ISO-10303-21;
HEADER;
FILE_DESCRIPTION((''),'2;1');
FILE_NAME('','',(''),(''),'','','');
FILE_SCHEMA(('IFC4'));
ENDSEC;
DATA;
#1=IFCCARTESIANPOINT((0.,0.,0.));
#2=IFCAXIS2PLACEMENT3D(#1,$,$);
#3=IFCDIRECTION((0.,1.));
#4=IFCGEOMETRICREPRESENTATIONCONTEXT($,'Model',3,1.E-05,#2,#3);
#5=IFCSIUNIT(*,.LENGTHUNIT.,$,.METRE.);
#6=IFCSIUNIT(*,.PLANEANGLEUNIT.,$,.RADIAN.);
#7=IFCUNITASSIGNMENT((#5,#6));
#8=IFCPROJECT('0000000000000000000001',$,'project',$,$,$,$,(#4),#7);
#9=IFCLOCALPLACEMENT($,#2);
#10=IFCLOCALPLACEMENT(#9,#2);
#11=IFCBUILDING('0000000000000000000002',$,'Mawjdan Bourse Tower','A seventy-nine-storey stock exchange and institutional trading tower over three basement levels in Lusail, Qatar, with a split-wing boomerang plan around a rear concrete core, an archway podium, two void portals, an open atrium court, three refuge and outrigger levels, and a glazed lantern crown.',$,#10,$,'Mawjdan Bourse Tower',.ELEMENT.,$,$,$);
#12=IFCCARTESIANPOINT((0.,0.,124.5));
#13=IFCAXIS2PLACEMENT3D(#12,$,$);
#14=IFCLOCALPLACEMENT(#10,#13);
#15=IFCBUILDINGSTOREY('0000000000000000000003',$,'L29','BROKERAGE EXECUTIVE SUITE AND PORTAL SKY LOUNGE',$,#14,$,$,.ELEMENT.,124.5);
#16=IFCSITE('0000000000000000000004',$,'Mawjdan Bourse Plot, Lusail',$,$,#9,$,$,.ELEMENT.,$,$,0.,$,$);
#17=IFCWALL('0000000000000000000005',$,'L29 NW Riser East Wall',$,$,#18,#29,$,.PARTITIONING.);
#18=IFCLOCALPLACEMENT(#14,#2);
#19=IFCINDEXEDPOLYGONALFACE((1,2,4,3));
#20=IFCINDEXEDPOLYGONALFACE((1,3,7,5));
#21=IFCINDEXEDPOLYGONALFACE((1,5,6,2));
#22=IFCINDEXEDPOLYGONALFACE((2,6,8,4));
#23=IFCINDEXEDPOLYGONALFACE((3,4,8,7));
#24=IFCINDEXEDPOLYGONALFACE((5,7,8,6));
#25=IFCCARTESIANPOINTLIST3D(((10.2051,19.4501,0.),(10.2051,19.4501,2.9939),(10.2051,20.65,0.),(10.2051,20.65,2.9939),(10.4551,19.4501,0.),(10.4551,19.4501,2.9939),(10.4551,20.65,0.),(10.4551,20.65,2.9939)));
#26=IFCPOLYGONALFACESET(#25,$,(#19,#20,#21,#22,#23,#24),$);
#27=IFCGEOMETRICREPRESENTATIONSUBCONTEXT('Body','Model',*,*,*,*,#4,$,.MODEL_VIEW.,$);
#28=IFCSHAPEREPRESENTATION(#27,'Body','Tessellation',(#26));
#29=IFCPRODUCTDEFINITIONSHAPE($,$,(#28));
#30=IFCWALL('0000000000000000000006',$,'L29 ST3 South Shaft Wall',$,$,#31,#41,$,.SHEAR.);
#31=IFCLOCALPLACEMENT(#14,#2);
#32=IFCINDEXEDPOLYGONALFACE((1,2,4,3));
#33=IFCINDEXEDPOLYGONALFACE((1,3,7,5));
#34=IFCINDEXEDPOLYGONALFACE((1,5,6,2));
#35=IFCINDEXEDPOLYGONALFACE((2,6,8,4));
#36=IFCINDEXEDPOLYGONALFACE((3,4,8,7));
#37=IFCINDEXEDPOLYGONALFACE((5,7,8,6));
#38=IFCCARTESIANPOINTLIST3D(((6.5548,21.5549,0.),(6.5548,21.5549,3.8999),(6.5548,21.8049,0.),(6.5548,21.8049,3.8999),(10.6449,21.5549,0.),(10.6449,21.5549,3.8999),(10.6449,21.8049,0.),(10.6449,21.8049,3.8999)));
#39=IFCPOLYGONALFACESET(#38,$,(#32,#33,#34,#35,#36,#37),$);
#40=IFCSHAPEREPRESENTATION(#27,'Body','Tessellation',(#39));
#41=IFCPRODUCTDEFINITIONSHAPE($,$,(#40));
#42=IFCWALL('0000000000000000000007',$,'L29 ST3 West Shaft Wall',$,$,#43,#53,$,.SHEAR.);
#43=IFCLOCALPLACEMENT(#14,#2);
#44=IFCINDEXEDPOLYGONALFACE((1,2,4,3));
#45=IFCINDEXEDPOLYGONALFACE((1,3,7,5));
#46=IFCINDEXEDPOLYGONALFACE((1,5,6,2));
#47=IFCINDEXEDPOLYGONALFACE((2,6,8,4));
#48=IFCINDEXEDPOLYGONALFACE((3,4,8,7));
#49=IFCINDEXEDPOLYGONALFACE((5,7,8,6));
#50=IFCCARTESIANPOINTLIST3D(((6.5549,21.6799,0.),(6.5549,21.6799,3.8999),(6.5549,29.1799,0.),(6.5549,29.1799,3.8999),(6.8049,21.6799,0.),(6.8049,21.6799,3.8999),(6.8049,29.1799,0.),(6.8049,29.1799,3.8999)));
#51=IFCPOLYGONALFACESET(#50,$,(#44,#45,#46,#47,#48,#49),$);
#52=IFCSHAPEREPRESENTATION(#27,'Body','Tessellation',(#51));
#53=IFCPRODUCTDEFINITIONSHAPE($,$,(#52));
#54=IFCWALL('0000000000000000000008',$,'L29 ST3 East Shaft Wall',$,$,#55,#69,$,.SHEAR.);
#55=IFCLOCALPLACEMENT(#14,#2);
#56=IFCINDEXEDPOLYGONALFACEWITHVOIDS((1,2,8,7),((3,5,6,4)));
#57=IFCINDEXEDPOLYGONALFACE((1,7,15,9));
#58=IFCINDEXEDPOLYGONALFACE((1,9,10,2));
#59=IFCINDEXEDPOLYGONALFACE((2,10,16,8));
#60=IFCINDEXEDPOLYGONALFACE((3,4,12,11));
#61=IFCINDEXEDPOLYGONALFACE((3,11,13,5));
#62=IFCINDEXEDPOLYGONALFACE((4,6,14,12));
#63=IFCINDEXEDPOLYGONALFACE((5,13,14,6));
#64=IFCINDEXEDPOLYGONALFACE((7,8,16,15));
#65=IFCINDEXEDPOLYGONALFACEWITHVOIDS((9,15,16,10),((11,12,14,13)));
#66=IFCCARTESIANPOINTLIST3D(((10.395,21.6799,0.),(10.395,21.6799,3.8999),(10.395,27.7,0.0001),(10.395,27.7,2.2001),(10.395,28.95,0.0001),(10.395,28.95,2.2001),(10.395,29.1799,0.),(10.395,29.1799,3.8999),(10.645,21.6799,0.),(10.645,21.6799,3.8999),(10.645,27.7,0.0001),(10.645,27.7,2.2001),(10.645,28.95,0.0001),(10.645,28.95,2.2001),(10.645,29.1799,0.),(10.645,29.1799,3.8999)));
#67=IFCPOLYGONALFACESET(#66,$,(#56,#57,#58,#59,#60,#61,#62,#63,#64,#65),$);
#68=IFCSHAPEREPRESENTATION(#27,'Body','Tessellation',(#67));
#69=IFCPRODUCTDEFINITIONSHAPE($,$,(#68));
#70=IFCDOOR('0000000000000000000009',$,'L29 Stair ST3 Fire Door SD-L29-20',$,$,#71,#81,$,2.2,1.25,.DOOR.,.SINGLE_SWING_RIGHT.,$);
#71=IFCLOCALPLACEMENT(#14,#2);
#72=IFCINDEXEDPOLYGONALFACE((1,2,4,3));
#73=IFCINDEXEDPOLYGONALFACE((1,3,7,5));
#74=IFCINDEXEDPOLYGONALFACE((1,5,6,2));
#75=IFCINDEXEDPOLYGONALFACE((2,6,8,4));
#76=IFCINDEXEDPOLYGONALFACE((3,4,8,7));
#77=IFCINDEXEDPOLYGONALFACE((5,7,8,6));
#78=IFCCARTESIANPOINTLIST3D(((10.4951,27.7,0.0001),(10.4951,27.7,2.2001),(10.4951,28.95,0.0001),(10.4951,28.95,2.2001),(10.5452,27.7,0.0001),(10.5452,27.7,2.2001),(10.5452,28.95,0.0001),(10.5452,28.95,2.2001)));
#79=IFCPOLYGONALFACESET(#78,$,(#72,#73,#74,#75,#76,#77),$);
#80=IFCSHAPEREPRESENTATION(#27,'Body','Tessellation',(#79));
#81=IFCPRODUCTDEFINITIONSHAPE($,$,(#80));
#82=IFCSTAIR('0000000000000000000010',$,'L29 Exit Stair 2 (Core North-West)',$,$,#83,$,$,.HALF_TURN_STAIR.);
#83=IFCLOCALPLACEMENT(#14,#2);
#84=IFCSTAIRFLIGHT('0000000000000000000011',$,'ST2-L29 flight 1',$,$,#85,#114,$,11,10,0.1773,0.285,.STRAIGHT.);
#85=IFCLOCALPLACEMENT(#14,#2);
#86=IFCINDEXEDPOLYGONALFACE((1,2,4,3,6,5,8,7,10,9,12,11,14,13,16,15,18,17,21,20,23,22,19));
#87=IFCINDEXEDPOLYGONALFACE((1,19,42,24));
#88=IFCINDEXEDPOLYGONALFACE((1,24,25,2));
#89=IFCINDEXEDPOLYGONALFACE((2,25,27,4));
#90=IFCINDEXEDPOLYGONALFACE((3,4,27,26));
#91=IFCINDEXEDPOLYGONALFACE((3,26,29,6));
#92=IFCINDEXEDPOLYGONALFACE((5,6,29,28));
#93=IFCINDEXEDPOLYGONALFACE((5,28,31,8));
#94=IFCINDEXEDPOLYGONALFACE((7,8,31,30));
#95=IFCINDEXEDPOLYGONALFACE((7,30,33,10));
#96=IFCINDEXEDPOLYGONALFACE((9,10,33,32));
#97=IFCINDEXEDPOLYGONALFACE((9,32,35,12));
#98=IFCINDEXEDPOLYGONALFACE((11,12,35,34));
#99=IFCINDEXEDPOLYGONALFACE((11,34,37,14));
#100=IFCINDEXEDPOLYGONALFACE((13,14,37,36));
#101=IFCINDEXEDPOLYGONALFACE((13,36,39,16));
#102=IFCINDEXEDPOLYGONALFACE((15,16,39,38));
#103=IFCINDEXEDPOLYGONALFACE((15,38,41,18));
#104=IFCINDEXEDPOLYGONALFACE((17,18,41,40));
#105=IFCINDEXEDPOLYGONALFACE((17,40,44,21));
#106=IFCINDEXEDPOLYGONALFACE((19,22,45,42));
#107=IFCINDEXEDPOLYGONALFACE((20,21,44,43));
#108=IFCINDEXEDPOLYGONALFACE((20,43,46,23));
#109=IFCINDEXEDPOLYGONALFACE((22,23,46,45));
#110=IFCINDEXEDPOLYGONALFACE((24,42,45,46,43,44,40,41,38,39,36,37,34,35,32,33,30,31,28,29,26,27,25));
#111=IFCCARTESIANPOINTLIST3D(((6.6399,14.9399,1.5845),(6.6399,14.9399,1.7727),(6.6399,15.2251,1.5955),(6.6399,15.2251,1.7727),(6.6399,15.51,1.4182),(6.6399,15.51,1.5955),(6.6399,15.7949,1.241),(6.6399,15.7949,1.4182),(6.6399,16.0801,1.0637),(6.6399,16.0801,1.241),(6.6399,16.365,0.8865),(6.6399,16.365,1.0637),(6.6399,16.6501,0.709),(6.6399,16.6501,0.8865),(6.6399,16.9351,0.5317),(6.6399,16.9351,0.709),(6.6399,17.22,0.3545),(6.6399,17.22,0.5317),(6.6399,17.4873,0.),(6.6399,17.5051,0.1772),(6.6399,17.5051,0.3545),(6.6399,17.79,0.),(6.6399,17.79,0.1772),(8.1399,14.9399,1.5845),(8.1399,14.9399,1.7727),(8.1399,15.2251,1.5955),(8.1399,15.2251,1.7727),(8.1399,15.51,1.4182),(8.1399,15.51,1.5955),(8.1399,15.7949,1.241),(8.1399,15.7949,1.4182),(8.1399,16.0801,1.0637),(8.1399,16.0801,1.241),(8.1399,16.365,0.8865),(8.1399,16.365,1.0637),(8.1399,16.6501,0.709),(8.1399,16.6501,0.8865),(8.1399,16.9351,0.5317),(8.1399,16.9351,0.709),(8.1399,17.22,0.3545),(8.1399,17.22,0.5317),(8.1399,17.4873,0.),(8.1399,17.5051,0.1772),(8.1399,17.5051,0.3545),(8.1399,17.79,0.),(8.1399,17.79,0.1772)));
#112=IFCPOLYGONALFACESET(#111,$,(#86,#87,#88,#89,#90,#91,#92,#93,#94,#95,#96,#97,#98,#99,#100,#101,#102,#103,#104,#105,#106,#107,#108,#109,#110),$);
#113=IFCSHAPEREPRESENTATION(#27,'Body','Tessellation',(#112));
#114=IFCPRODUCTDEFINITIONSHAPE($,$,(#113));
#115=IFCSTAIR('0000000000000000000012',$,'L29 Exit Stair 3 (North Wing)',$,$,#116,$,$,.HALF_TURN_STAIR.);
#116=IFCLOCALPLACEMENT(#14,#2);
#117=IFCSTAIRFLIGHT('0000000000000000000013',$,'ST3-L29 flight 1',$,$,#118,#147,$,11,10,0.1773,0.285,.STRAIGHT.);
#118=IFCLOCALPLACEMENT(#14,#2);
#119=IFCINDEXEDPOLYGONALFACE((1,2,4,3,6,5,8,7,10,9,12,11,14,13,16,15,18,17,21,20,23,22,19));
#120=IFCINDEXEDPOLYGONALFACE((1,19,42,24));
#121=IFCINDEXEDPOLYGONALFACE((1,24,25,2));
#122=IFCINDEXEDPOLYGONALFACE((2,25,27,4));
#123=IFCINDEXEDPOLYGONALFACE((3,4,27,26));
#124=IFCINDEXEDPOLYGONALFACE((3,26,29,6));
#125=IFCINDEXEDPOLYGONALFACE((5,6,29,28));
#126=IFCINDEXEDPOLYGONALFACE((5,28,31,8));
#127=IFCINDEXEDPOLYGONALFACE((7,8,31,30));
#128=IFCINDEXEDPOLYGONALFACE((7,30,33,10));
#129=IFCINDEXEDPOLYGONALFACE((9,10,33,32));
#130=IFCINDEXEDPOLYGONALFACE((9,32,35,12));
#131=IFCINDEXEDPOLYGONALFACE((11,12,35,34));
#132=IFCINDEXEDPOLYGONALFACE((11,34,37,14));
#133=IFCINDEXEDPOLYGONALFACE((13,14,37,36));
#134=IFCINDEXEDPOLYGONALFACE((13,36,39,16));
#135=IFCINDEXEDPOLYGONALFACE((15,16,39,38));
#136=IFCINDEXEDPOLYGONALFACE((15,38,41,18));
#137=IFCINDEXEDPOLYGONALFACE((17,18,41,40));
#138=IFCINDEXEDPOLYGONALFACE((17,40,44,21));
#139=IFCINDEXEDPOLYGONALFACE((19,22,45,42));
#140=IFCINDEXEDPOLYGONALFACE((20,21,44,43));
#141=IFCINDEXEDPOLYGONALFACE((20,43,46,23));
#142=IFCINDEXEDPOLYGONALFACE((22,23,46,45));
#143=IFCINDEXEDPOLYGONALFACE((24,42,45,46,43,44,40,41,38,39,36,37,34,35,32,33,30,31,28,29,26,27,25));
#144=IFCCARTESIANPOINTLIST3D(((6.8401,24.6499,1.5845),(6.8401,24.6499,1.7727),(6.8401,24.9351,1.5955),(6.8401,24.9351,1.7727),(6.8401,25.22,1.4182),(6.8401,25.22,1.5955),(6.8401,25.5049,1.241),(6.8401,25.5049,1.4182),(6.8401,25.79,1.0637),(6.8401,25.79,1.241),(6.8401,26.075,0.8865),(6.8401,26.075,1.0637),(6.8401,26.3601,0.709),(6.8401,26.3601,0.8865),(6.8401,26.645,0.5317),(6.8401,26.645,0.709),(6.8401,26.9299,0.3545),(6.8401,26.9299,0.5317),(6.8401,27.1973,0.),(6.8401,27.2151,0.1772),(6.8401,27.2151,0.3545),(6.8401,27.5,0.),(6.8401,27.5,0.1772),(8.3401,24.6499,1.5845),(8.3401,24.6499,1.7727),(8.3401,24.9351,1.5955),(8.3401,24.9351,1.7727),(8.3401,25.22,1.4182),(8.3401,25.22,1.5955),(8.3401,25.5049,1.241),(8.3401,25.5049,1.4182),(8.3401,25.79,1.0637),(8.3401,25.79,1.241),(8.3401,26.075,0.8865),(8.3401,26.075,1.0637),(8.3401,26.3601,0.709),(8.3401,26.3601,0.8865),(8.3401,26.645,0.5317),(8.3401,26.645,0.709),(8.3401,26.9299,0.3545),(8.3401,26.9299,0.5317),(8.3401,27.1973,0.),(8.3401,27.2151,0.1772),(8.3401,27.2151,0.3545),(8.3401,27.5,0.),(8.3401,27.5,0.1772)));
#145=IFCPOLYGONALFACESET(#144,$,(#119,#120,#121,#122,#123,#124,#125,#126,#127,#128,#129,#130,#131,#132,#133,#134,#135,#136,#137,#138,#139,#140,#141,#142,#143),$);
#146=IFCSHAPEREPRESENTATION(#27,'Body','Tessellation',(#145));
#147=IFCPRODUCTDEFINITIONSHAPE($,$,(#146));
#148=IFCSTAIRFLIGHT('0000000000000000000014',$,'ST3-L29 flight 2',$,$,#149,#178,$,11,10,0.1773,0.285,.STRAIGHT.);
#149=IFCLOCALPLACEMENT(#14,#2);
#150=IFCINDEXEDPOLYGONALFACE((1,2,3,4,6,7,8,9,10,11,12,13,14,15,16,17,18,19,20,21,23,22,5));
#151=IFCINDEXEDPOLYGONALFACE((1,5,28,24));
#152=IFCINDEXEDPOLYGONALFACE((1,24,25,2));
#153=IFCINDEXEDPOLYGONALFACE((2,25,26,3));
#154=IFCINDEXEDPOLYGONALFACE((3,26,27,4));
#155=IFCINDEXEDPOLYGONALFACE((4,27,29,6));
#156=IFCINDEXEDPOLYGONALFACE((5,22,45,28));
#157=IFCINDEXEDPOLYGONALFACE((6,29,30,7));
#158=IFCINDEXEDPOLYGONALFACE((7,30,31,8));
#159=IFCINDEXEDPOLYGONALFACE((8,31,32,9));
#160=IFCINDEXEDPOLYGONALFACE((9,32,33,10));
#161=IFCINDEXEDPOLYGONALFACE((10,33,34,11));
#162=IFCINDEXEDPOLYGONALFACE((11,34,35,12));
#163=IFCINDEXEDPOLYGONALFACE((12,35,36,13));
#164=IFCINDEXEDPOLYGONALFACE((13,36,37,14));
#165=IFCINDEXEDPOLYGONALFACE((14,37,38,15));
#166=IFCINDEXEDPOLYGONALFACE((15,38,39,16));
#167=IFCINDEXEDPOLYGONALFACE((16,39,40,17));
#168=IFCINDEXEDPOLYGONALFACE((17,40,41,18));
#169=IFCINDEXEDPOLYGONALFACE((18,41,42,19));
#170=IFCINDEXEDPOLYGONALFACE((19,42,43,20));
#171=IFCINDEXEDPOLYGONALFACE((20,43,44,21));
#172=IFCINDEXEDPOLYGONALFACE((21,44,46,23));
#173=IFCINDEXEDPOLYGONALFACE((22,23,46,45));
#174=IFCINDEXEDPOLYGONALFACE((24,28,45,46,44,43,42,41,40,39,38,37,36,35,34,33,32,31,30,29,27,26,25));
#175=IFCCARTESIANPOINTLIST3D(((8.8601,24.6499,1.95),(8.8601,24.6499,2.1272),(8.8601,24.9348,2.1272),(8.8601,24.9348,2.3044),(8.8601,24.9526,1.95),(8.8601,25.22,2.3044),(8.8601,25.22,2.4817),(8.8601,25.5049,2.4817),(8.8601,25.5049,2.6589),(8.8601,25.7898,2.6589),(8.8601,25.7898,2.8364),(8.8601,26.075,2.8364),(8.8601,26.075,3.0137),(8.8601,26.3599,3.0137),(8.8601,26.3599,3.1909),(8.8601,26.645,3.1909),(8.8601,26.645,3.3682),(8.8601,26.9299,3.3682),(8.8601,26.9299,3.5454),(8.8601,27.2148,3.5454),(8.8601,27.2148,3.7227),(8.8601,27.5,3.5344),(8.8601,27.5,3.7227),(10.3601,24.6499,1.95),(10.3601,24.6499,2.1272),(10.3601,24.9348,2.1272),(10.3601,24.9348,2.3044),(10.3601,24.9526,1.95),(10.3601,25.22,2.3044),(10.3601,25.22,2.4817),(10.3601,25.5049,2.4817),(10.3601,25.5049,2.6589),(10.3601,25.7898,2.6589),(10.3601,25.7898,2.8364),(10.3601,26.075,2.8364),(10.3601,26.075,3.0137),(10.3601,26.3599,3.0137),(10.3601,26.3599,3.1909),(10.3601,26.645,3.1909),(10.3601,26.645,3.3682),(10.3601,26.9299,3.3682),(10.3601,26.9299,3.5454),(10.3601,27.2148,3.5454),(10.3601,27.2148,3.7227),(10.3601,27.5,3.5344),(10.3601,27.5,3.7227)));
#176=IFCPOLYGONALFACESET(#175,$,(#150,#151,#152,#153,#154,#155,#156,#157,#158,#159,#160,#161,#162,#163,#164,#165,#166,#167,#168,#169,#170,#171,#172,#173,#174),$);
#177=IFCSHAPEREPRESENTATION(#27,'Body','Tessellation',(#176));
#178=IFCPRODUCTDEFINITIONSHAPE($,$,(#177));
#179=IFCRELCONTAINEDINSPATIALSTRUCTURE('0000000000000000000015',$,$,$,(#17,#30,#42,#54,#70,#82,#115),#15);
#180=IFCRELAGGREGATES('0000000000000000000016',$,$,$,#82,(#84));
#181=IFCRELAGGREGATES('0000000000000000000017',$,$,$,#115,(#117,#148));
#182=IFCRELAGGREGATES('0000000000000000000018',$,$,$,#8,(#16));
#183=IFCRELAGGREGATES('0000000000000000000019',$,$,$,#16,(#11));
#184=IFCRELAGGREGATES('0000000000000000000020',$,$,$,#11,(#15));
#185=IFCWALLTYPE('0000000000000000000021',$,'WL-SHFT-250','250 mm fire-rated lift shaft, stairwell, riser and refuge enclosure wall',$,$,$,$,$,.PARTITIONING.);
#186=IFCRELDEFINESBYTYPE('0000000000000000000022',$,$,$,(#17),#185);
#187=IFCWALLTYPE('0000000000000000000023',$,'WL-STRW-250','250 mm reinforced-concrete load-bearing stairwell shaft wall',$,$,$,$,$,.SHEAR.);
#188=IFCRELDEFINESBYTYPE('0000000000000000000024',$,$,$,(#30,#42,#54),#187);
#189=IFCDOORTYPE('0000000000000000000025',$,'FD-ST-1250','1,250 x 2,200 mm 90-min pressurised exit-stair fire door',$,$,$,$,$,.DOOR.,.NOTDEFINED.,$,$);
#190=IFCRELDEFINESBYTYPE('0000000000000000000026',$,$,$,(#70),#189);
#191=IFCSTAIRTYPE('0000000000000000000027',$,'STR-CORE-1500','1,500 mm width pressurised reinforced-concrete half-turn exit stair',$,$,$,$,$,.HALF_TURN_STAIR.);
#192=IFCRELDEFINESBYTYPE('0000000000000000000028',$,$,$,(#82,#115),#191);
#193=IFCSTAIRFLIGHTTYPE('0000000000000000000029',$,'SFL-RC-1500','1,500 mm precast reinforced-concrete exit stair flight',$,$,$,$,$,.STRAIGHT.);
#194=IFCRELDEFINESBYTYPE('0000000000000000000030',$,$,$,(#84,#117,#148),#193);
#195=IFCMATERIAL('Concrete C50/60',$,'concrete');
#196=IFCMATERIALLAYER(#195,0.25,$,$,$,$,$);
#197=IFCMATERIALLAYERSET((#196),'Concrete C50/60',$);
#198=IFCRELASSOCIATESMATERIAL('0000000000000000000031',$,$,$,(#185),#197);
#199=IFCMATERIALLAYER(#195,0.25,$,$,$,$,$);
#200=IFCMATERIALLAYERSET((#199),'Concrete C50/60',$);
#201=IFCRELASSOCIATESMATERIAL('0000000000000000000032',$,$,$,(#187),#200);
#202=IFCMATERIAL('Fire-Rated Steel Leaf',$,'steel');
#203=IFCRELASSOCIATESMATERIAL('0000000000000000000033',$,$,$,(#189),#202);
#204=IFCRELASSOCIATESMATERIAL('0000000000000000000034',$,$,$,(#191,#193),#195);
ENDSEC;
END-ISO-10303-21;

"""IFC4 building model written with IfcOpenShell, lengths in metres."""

from ifc_helpers import new_model, si_unit, direction, frame, frame_2d, origin, place, context, subcontext, project, spatial, polyline, rectangle, outline, extrude, material, layer, layer_set, type_object, element, fill, aggregate, save


model = new_model("IFC4")

# Units and contexts
model_context = context("Model", 3, precision=1e-05, world=origin(), true_north=direction((0.0, 1.0)))
body_context = subcontext(model_context, "Body", "Model", "MODEL_VIEW")
ifc_project = project(units=[si_unit("LENGTHUNIT", "METRE"), si_unit("PLANEANGLEUNIT", "RADIAN")], contexts=[model_context])

# Site, building, storey
site_placement = place(None, origin())
site = spatial("IfcSite", under=ifc_project, at=site_placement, Name="Mawjdan Bourse Plot, Lusail", CompositionType="ELEMENT", RefElevation=0.0)
building_placement = place(site_placement, origin())
building = spatial("IfcBuilding", under=site, at=building_placement, Name="Mawjdan Bourse Tower", Description="A seventy-nine-storey stock exchange and institutional trading tower over three basement levels in Lusail, Qatar, with a split-wing boomerang plan around a rear concrete core, an archway podium, two void portals, an open atrium court, three refuge and outrigger levels, and a glazed lantern crown.", LongName="Mawjdan Bourse Tower", CompositionType="ELEMENT")
storey_placement = place(building_placement, frame((0.0, 0.0, 124.5)))
storey = spatial("IfcBuildingStorey", under=building, at=storey_placement, Name="L29", Description="BROKERAGE EXECUTIVE SUITE AND PORTAL SKY LOUNGE", CompositionType="ELEMENT", Elevation=124.5)

# Walls
ifc_material_1 = material(Name="Concrete C50/60", Category="concrete")
ifc_layer_1 = layer(ifc_material_1, 0.25)
ifc_layer_set_1 = layer_set([ifc_layer_1], Name="Concrete C50/60")
wall_type_1 = type_object("IfcWallType", Name="WL-SHFT-250", Description="250 mm fire-rated lift shaft, stairwell, riser and refuge enclosure wall", PredefinedType="PARTITIONING", material=ifc_layer_set_1)
wall_1_placement = place(storey_placement, frame((10.3301, 19.45, 0.0), z_axis=(0.0, 0.0, 1.0), x_axis=(0.0, 1.0, 0.0)))
element("IfcWall", 1, at=wall_1_placement, inside=storey, type_object=wall_type_1, Name="L29 NW Riser East Wall", PredefinedType="PARTITIONING", context=body_context, shape_type="SweptSolid", body=[
    extrude(rectangle(XDim=1.2, YDim=0.25, at=frame_2d((0.6001, 0.0))), origin(), (0.0, 0.0, 1.0), 2.9939),
])
ifc_layer_2 = layer(ifc_material_1, 0.25)
ifc_layer_set_2 = layer_set([ifc_layer_2], Name="Concrete C50/60")
wall_type_2 = type_object("IfcWallType", Name="WL-STRW-250", Description="250 mm reinforced-concrete load-bearing stairwell shaft wall", PredefinedType="SHEAR", material=ifc_layer_set_2)
wall_2_placement = place(storey_placement, frame((6.5549, 21.6799, 0.0), z_axis=(0.0, 0.0, 1.0), x_axis=(1.0, 0.0, 0.0)))
element("IfcWall", 2, at=wall_2_placement, inside=storey, type_object=wall_type_2, Name="L29 ST3 South Shaft Wall", PredefinedType="SHEAR", context=body_context, shape_type="SweptSolid", body=[
    extrude(rectangle(XDim=4.0901, YDim=0.25, at=frame_2d((2.0449, 0.0))), origin(), (0.0, 0.0, 1.0), 3.8999),
])
wall_3_placement = place(storey_placement, frame((6.6799, 21.6799, 0.0), z_axis=(0.0, 0.0, 1.0), x_axis=(0.0, 1.0, 0.0)))
element("IfcWall", 3, at=wall_3_placement, inside=storey, type_object=wall_type_2, Name="L29 ST3 West Shaft Wall", PredefinedType="SHEAR", context=body_context, shape_type="SweptSolid", body=[
    extrude(rectangle(XDim=7.5, YDim=0.25, at=frame_2d((3.75, 0.0))), origin(), (0.0, 0.0, 1.0), 3.8999),
])

# Wall, opening, door
wall_4_placement = place(storey_placement, frame((10.52, 21.6799, 0.0), z_axis=(0.0, 0.0, 1.0), x_axis=(0.0, 1.0, 0.0)))
wall_4 = element("IfcWall", 4, at=wall_4_placement, inside=storey, type_object=wall_type_2, Name="L29 ST3 East Shaft Wall", PredefinedType="SHEAR", context=body_context, shape_type="SweptSolid", body=[
    extrude(rectangle(XDim=7.5, YDim=0.25, at=frame_2d((3.75, 0.0))), origin(), (0.0, 0.0, 1.0), 3.8999),
])
opening_1_placement = place(wall_4_placement, frame((6.02, 0.0, 0.0)))
opening_1 = element("IfcOpeningElement", 5, at=opening_1_placement, cuts=wall_4, PredefinedType="OPENING", context=body_context, shape_type="SweptSolid", body=[
    extrude(rectangle(XDim=1.25, YDim=2.2, at=frame_2d((0.625, 1.1001))), frame((0.0, 0.135, 0.0), z_axis=(0.0, -1.0, 0.0), x_axis=(1.0, 0.0, 0.0)), (0.0, 0.0, 1.0), 0.27),
])
ifc_material_2 = material(Name="Fire-Rated Steel Leaf", Category="steel")
door_type_1 = type_object("IfcDoorType", Name="FD-ST-1250", Description="1,250 x 2,200 mm 90-min pressurised exit-stair fire door", OperationType="NOTDEFINED", PredefinedType="DOOR", material=ifc_material_2)
door_1_placement = place(opening_1_placement, origin())
door_1 = element("IfcDoor", 6, at=door_1_placement, inside=storey, type_object=door_type_1, Name="L29 Stair ST3 Fire Door SD-L29-20", OperationType="SINGLE_SWING_RIGHT", OverallHeight=2.2, OverallWidth=1.25, PredefinedType="DOOR", context=body_context, shape_type="SweptSolid", body=[
    extrude(rectangle(XDim=1.25, YDim=2.2, at=frame_2d((0.625, 1.1001))), frame((0.0, 0.0249, 0.0), z_axis=(0.0, -1.0, 0.0), x_axis=(1.0, 0.0, 0.0)), (0.0, 0.0, 1.0), 0.05),
])
fill(opening_1, door_1)

# Stair, stair flight
stair_type = type_object("IfcStairType", Name="STR-CORE-1500", Description="1,500 mm width pressurised reinforced-concrete half-turn exit stair", PredefinedType="HALF_TURN_STAIR", material=ifc_material_1)
stair_1_placement = place(storey_placement, origin())
stair_1 = element("IfcStair", 7, at=stair_1_placement, inside=storey, type_object=stair_type, Name="L29 Exit Stair 2 (Core North-West)", PredefinedType="HALF_TURN_STAIR")
stair_flight_type = type_object("IfcStairFlightType", Name="SFL-RC-1500", Description="1,500 mm precast reinforced-concrete exit stair flight", PredefinedType="STRAIGHT", material=ifc_material_1)
stair_flight_1_placement = place(storey_placement, frame((7.3899, 17.79, 0.0), z_axis=(0.0, 0.0, 1.0), x_axis=(0.0, -1.0, 0.0)))
stair_flight_1 = element("IfcStairFlight", 8, at=stair_flight_1_placement, type_object=stair_flight_type, Name="ST2-L29 flight 1", NumberOfRisers=11, NumberOfTreads=10, PredefinedType="STRAIGHT", RiserHeight=0.1773, TreadLength=0.285, context=body_context, shape_type="SweptSolid", body=[
    extrude(outline(polyline([(0.0, 0.0), (0.0, 0.1772), (0.2849, 0.1772), (0.2849, 0.3545), (0.5701, 0.3545), (0.5701, 0.5317), (0.855, 0.5317), (0.855, 0.709), (1.1399, 0.709), (1.1399, 0.8865), (1.425, 0.8865), (1.425, 1.0637), (1.71, 1.0637), (1.71, 1.241), (1.9951, 1.241), (1.9951, 1.4182), (2.28, 1.4182), (2.28, 1.5955), (2.5649, 1.5955), (2.5649, 1.7727), (2.8501, 1.7727), (2.8501, 1.95), (2.8501, 1.5845), (0.3027, 0.0), (0.0, 0.0)])), frame((0.0, 0.75, 0.0), z_axis=(0.0, -1.0, 0.0), x_axis=(1.0, 0.0, 0.0)), (0.0, 0.0, 1.0), 1.5),
])
aggregate(stair_1, [stair_flight_1])

# Stair, stair flights
stair_2_placement = place(storey_placement, origin())
stair_2 = element("IfcStair", 9, at=stair_2_placement, inside=storey, type_object=stair_type, Name="L29 Exit Stair 3 (North Wing)", PredefinedType="HALF_TURN_STAIR")
stair_flight_2_placement = place(storey_placement, frame((7.5901, 27.5, 0.0), z_axis=(0.0, 0.0, 1.0), x_axis=(0.0, -1.0, 0.0)))
stair_flight_2 = element("IfcStairFlight", 10, at=stair_flight_2_placement, type_object=stair_flight_type, Name="ST3-L29 flight 1", NumberOfRisers=11, NumberOfTreads=10, PredefinedType="STRAIGHT", RiserHeight=0.1773, TreadLength=0.285, context=body_context, shape_type="SweptSolid", body=[
    extrude(outline(polyline([(0.0, 0.0), (0.0, 0.1772), (0.2849, 0.1772), (0.2849, 0.3545), (0.5701, 0.3545), (0.5701, 0.5317), (0.855, 0.5317), (0.855, 0.709), (1.1399, 0.709), (1.1399, 0.8865), (1.425, 0.8865), (1.425, 1.0637), (1.71, 1.0637), (1.71, 1.241), (1.9951, 1.241), (1.9951, 1.4182), (2.28, 1.4182), (2.28, 1.5955), (2.5649, 1.5955), (2.5649, 1.7727), (2.8501, 1.7727), (2.8501, 1.95), (2.8501, 1.5845), (0.3027, 0.0), (0.0, 0.0)])), frame((0.0, 0.75, 0.0), z_axis=(0.0, -1.0, 0.0), x_axis=(1.0, 0.0, 0.0)), (0.0, 0.0, 1.0), 1.5),
])
stair_flight_3_placement = place(storey_placement, frame((9.6101, 24.6499, 1.95), z_axis=(0.0, 0.0, 1.0), x_axis=(0.0, 1.0, 0.0)))
stair_flight_3 = element("IfcStairFlight", 11, at=stair_flight_3_placement, type_object=stair_flight_type, Name="ST3-L29 flight 2", NumberOfRisers=11, NumberOfTreads=10, PredefinedType="STRAIGHT", RiserHeight=0.1773, TreadLength=0.285, context=body_context, shape_type="SweptSolid", body=[
    extrude(outline(polyline([(0.0, 0.0), (0.0, 0.1772), (0.2849, 0.1772), (0.2849, 0.3545), (0.5701, 0.3545), (0.5701, 0.5317), (0.855, 0.5317), (0.855, 0.709), (1.1399, 0.709), (1.1399, 0.8865), (1.425, 0.8865), (1.425, 1.0637), (1.71, 1.0637), (1.71, 1.241), (1.9951, 1.241), (1.9951, 1.4182), (2.28, 1.4182), (2.28, 1.5955), (2.5649, 1.5955), (2.5649, 1.7727), (2.8501, 1.7727), (2.8501, 1.95), (2.8501, 1.5845), (0.3027, 0.0), (0.0, 0.0)])), frame((0.0, 0.75, 0.0), z_axis=(0.0, -1.0, 0.0), x_axis=(1.0, 0.0, 0.0)), (0.0, 0.0, 1.0), 1.5),
])
aggregate(stair_2, [stair_flight_2, stair_flight_3])

save(model, "model.ifc")
